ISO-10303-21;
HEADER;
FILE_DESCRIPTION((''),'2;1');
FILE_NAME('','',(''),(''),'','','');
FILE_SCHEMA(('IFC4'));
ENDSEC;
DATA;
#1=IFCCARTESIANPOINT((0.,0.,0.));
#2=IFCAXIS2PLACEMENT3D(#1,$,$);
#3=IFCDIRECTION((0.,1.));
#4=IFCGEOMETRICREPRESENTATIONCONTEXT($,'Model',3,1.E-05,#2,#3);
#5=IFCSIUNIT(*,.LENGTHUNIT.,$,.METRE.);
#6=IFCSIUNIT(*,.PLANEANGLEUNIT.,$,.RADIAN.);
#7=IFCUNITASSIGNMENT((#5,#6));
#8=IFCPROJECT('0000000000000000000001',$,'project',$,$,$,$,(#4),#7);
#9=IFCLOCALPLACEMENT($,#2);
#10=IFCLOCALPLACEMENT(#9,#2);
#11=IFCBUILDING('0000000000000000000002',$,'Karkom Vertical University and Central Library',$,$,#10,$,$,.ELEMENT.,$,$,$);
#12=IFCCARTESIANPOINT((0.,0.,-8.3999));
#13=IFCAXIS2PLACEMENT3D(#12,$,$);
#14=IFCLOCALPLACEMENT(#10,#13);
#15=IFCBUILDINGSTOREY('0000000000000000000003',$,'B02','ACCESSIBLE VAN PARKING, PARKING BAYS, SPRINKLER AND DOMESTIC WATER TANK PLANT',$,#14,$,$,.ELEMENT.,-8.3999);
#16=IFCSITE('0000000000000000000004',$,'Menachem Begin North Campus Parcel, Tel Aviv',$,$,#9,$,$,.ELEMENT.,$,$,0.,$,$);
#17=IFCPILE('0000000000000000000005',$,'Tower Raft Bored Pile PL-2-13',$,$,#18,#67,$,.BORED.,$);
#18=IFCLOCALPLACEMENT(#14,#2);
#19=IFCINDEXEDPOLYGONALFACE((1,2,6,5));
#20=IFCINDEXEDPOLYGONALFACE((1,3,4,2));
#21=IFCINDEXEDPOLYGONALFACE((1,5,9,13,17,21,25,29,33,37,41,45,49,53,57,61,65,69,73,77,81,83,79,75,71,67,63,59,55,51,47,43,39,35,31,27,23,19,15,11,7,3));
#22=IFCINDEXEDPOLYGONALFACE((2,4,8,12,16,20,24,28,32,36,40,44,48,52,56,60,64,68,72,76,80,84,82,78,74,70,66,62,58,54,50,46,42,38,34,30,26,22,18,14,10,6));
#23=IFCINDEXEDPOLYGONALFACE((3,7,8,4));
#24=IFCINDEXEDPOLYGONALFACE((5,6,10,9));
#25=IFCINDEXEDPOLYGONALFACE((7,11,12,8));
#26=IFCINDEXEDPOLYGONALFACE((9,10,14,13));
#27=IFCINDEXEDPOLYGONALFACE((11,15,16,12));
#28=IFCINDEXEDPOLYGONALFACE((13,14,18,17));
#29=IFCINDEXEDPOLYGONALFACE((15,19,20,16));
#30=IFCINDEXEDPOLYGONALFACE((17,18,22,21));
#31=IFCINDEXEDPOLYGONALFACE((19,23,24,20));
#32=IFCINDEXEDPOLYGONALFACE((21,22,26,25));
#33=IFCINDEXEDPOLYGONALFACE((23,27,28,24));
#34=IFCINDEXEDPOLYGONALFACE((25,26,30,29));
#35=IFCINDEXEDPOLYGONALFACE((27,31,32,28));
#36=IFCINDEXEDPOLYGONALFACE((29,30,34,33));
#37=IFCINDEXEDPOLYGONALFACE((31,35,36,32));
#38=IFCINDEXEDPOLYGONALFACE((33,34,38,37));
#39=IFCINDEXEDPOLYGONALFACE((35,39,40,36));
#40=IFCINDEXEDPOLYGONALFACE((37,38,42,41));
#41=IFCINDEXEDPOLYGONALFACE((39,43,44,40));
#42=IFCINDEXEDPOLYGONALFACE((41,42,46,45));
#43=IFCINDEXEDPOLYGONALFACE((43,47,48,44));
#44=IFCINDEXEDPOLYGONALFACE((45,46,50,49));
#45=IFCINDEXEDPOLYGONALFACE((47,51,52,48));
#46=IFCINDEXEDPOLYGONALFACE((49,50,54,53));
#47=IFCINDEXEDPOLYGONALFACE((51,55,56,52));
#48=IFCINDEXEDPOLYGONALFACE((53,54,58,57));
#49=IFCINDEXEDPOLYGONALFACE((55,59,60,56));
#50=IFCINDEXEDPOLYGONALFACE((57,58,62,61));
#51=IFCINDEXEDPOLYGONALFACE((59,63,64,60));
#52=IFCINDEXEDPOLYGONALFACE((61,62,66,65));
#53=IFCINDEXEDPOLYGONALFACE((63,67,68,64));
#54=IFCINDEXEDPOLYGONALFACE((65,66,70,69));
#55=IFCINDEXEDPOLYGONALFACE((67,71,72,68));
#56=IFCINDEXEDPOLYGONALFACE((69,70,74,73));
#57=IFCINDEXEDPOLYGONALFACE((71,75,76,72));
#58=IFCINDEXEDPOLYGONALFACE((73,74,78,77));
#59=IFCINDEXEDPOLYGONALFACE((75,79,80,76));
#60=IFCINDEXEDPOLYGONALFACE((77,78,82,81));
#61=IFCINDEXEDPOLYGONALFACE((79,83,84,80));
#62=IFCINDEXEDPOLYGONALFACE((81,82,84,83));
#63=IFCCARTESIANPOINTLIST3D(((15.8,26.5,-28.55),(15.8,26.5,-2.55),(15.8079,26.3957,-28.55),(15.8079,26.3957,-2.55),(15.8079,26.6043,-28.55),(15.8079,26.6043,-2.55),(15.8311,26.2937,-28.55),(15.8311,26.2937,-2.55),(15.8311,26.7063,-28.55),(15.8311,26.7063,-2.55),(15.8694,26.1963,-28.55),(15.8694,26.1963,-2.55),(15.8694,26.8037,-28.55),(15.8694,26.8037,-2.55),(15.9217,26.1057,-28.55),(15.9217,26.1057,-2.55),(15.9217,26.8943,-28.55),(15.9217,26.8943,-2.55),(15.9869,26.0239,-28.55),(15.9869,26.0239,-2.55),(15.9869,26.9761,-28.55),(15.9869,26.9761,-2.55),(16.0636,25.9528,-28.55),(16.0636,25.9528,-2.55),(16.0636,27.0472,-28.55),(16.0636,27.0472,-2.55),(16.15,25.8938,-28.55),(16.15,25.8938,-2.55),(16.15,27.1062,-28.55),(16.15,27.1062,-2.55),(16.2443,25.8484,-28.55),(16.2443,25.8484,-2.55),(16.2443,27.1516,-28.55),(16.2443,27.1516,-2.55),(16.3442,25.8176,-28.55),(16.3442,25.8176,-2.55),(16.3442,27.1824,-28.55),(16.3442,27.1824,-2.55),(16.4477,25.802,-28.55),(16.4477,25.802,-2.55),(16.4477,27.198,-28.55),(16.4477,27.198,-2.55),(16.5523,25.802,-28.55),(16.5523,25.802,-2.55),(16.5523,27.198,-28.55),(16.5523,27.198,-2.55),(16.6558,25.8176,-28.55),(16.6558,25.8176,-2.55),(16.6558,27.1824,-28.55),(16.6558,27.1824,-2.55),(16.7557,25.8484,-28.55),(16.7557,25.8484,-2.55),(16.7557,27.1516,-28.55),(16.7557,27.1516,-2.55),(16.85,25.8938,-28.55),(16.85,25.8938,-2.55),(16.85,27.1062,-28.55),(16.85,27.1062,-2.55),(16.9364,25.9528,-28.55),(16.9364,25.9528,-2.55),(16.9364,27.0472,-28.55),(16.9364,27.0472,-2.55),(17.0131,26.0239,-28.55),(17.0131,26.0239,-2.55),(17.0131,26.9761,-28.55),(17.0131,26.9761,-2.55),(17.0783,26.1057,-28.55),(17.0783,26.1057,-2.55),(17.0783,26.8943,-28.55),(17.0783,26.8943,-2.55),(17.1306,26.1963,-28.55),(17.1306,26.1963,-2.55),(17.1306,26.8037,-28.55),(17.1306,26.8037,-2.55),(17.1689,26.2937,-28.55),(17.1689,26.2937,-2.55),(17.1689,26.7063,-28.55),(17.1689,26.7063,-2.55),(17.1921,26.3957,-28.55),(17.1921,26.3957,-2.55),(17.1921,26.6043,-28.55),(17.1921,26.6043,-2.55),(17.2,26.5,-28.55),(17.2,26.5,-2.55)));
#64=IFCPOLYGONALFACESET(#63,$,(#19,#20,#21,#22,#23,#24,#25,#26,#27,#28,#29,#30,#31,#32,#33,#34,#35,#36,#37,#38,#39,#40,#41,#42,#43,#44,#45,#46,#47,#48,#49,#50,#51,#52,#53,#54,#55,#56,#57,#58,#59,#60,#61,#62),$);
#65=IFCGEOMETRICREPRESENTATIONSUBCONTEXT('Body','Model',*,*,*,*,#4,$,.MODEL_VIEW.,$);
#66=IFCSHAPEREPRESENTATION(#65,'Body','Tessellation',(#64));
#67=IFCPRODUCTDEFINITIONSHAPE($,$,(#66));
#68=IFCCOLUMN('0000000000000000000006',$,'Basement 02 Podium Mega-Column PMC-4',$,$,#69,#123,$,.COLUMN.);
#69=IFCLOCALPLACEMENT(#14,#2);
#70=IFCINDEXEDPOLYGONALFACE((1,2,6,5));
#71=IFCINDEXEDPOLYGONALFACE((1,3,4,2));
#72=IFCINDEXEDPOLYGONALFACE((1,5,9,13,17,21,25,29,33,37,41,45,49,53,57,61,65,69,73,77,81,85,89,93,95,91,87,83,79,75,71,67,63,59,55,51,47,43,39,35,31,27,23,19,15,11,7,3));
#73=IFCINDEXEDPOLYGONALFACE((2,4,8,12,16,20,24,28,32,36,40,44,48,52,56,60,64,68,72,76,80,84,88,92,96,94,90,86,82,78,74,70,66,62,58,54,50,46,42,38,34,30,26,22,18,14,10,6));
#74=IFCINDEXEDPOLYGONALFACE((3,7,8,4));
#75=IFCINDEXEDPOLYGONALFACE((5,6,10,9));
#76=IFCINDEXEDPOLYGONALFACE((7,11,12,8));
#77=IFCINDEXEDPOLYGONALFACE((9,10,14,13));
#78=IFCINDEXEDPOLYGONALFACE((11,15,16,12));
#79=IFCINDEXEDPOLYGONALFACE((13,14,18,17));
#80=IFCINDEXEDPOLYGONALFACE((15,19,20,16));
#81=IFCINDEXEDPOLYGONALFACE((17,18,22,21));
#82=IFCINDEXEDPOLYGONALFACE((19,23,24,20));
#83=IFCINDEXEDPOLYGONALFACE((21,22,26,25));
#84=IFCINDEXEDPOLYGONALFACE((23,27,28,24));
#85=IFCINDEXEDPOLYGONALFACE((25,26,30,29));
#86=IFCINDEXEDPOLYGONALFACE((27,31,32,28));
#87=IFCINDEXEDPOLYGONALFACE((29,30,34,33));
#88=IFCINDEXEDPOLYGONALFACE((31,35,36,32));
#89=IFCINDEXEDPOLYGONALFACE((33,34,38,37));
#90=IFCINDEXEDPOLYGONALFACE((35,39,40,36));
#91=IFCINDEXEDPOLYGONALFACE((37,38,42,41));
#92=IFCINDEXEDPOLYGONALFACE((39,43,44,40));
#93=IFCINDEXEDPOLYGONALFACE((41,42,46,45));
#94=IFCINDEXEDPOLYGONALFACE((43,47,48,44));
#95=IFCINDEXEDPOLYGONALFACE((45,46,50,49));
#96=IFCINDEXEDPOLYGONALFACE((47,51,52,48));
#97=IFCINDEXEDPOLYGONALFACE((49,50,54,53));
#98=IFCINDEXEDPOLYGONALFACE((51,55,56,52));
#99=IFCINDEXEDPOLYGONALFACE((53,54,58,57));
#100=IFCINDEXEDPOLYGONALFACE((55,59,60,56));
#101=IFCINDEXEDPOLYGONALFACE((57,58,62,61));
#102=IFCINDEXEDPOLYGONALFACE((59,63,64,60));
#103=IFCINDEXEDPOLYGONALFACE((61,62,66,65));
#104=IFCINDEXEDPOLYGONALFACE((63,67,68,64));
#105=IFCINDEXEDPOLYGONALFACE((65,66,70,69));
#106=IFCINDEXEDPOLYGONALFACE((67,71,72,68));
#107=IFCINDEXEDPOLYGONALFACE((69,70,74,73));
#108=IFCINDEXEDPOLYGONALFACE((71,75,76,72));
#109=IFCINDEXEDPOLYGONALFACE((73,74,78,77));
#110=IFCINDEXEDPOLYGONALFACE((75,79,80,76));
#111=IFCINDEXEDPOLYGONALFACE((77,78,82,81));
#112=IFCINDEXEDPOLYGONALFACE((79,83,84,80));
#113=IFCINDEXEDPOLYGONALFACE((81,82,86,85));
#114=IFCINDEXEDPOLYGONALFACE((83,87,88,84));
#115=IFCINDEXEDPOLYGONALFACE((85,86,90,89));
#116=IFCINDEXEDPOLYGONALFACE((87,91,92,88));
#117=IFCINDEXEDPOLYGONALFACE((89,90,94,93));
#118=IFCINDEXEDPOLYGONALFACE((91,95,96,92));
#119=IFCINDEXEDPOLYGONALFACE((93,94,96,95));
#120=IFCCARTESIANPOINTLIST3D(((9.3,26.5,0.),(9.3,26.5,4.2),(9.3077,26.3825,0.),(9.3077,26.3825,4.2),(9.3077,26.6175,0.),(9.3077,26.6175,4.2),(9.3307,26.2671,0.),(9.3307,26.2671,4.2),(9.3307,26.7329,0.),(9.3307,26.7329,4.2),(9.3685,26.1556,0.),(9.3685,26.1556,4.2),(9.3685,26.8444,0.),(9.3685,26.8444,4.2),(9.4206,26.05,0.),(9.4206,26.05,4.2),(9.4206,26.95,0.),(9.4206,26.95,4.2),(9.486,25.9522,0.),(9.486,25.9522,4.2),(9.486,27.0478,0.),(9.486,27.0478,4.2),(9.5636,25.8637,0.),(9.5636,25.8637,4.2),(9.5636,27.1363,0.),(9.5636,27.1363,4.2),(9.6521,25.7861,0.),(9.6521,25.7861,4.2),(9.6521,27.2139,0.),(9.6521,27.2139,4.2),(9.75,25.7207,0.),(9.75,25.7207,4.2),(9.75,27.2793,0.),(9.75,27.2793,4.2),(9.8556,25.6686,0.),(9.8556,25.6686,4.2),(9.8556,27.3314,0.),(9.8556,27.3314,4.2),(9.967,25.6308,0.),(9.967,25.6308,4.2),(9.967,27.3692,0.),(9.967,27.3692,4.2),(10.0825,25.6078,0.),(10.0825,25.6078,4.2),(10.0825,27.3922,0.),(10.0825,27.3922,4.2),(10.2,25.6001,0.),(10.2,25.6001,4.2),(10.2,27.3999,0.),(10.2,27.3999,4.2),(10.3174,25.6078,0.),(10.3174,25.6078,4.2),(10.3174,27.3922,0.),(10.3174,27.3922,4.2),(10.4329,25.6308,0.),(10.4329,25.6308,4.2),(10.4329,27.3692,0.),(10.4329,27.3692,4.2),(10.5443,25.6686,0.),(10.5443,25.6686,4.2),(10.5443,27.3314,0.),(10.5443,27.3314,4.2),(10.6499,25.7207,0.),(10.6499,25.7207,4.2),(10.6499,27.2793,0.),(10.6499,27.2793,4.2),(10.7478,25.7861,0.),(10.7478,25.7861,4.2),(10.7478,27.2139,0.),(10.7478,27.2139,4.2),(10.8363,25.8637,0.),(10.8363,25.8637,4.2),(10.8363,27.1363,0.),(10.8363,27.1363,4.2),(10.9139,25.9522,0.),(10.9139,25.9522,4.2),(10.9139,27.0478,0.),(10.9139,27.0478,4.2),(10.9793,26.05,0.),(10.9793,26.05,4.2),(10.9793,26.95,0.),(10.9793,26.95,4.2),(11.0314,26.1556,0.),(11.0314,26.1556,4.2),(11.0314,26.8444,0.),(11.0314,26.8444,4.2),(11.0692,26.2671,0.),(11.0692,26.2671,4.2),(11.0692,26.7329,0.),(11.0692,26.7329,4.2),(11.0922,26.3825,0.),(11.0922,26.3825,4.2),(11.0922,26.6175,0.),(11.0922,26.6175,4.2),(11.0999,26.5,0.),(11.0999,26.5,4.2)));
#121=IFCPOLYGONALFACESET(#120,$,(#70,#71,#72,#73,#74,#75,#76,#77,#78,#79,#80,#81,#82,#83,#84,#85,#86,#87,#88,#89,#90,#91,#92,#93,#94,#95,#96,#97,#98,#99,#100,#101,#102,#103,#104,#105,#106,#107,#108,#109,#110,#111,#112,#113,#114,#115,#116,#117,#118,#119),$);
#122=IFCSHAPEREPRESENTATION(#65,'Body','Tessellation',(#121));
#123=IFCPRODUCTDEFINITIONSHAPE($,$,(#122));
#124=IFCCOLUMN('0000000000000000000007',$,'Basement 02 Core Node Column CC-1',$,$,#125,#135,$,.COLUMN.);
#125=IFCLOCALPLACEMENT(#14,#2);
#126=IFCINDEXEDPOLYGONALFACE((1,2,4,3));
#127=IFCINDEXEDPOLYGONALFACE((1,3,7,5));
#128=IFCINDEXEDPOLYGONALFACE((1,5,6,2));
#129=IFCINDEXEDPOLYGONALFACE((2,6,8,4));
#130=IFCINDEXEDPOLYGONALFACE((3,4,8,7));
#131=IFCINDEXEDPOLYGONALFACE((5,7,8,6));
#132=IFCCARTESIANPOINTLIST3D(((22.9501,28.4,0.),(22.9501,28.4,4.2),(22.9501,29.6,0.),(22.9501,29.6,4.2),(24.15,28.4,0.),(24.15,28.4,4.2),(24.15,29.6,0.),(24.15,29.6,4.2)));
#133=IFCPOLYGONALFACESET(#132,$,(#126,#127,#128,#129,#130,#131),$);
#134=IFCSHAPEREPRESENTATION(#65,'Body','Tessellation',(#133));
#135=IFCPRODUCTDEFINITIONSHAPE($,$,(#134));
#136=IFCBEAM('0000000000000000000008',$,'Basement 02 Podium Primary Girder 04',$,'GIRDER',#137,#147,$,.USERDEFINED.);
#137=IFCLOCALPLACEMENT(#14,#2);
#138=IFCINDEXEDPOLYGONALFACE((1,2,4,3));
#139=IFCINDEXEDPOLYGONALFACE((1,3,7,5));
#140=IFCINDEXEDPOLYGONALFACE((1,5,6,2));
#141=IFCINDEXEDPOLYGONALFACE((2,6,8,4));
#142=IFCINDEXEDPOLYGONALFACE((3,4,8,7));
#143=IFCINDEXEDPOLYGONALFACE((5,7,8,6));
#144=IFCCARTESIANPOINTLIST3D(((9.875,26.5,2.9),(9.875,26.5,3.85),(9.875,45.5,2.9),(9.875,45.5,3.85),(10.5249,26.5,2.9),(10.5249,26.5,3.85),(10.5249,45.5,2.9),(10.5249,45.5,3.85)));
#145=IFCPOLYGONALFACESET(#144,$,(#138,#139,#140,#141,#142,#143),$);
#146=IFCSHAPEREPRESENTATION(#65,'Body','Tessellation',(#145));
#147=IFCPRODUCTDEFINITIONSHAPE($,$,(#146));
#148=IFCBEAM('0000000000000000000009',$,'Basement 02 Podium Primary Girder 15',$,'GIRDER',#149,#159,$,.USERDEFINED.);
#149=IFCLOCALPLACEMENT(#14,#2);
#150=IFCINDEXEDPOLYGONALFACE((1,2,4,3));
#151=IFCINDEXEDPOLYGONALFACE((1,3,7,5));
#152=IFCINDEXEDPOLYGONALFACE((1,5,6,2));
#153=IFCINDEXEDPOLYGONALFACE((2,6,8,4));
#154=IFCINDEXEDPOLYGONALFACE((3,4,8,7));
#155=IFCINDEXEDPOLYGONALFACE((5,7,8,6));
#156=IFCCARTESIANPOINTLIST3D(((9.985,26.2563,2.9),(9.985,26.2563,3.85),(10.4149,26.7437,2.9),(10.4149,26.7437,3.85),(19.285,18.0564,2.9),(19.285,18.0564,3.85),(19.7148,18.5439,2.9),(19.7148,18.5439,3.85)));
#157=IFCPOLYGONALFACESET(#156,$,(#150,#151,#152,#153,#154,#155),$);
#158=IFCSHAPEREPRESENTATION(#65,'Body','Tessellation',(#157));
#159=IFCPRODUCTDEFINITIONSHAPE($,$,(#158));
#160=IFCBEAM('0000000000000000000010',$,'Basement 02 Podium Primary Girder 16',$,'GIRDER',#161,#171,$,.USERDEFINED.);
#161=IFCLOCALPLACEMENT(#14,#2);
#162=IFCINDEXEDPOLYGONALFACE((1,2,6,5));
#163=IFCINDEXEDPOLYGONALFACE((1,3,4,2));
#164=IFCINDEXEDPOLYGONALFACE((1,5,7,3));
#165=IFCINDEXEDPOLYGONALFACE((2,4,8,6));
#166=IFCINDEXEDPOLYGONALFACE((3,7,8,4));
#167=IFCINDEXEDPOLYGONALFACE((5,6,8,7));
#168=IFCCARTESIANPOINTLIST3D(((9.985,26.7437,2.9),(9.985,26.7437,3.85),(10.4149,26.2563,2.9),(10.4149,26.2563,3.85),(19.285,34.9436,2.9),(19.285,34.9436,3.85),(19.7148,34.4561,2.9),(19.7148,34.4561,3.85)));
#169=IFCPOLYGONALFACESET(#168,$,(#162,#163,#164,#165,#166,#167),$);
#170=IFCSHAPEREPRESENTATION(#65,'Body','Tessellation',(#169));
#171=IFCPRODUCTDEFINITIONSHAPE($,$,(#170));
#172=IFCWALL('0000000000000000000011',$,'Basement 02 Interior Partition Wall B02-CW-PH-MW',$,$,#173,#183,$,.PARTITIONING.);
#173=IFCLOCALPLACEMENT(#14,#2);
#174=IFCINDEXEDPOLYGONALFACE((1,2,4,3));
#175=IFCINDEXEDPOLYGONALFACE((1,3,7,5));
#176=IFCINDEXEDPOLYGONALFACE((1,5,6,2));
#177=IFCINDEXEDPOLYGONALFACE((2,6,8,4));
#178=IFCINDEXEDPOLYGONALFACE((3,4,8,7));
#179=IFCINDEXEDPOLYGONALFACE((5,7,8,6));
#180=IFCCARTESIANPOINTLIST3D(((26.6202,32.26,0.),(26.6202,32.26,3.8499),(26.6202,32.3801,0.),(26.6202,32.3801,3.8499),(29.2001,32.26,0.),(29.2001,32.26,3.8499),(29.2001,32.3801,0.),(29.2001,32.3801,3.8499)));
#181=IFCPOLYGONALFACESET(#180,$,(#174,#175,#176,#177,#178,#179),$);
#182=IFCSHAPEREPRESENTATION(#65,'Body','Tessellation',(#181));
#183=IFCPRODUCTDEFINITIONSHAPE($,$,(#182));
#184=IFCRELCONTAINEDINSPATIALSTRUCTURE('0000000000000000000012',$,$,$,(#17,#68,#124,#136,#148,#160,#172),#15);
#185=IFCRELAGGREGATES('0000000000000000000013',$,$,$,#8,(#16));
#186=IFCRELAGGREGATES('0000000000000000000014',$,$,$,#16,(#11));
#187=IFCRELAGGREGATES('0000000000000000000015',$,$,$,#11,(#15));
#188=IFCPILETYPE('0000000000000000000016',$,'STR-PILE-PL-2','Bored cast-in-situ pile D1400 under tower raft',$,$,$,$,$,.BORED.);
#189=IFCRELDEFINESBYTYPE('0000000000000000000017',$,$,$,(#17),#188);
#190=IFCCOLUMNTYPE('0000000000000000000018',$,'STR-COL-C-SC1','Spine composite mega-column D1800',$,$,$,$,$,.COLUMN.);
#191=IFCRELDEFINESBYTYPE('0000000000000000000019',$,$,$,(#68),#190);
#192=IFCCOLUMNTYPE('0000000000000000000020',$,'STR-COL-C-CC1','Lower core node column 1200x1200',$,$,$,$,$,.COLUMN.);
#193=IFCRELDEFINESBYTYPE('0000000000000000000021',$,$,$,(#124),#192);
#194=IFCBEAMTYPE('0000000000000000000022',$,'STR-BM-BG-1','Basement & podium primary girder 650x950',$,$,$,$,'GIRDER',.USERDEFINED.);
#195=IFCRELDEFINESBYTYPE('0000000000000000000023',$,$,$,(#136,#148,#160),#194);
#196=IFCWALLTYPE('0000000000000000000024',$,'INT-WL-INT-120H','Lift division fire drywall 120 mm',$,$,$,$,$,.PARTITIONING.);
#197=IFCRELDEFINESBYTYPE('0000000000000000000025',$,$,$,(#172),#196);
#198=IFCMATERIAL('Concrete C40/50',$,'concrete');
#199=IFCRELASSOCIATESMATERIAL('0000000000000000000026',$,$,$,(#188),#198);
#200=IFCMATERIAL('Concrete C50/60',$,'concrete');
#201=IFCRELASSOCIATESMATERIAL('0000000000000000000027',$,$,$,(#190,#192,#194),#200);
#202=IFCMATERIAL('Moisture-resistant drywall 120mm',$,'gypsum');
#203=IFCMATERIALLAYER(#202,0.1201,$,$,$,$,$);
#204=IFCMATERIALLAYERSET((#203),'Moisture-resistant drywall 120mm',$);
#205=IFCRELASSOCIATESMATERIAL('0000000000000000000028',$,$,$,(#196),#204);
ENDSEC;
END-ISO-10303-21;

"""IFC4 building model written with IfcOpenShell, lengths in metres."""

from ifc_helpers import new_model, si_unit, direction, frame, frame_2d, origin, origin_with_axes, origin_2d, place, context, subcontext, project, spatial, rectangle, circle, extrude, source, transform, mapped, material, layer, layer_set, material_profile, profile_set, type_object, element, save


model = new_model("IFC4")

# Units and contexts
model_context = context("Model", 3, precision=1e-05, world=origin(), true_north=direction((0.0, 1.0)))
body_context = subcontext(model_context, "Body", "Model", "MODEL_VIEW")
ifc_project = project(units=[si_unit("LENGTHUNIT", "METRE"), si_unit("PLANEANGLEUNIT", "RADIAN")], contexts=[model_context])

# Site, building, storey
site_placement = place(None, origin())
site = spatial("IfcSite", under=ifc_project, at=site_placement, Name="Menachem Begin North Campus Parcel, Tel Aviv", CompositionType="ELEMENT", RefElevation=0.0)
building_placement = place(site_placement, origin())
building = spatial("IfcBuilding", under=site, at=building_placement, Name="Karkom Vertical University and Central Library", CompositionType="ELEMENT")
storey_placement = place(building_placement, frame((0.0, 0.0, -8.3999)))
storey = spatial("IfcBuildingStorey", under=building, at=storey_placement, Name="B02", Description="ACCESSIBLE VAN PARKING, PARKING BAYS, SPRINKLER AND DOMESTIC WATER TANK PLANT", CompositionType="ELEMENT", Elevation=-8.3999)

# Pile
ifc_material_1 = material(Name="Concrete C40/50", Category="concrete")
ifc_material_profile_1 = material_profile(ifc_material_1, circle(Radius=0.7, at=origin_2d()), Name="PILE-D1400")
ifc_profile_set_1 = profile_set([ifc_material_profile_1], Name="Concrete C40/50")
pile_type_1 = type_object("IfcPileType", Name="STR-PILE-PL-2", Description="Bored cast-in-situ pile D1400 under tower raft", PredefinedType="BORED", material=ifc_profile_set_1)
shared_shape_1 = source(origin_with_axes(), body_context, "Body", "SweptSolid", [
    extrude(circle(Radius=0.7, at=origin_2d()), origin(), (0.0, 0.0, 1.0), 26.0),
])
for number, where, z_axis, x_axis, name in (
    (1, (16.5, 26.5, -2.55), (0.0, 0.0, -1.0), (1.0, 0.0, 0.0), "Tower Raft Bored Pile PL-2-13"),
):
    element("IfcPile", number, at=place(storey_placement, frame(where, z_axis=z_axis, x_axis=x_axis)), inside=storey, type_object=pile_type_1, Name=name, PredefinedType="BORED", context=body_context, shape_type="MappedRepresentation", body=[
        mapped(shared_shape_1, transform((0.0, 0.0, 0.0), scale=1.0)),
    ])

# Columns
ifc_material_2 = material(Name="Concrete C50/60", Category="concrete")
ifc_material_profile_2 = material_profile(ifc_material_2, circle(Radius=0.8999, at=origin_2d()), Name="CFT-D1800")
ifc_profile_set_2 = profile_set([ifc_material_profile_2], Name="Concrete C50/60")
column_type_1 = type_object("IfcColumnType", Name="STR-COL-C-SC1", Description="Spine composite mega-column D1800", PredefinedType="COLUMN", material=ifc_profile_set_2)
shared_shape_2 = source(origin_with_axes(), body_context, "Body", "SweptSolid", [
    extrude(circle(Radius=0.8999, at=origin_2d()), origin(), (0.0, 0.0, 1.0), 4.2),
])
column_1_placement = place(storey_placement, frame((10.2, 26.5, 0.0), z_axis=(0.0, 0.0, 1.0), x_axis=(1.0, 0.0, 0.0)))
element("IfcColumn", 2, at=column_1_placement, inside=storey, type_object=column_type_1, Name="Basement 02 Podium Mega-Column PMC-4", PredefinedType="COLUMN", context=body_context, shape_type="MappedRepresentation", body=[
    mapped(shared_shape_2, transform((0.0, 0.0, 0.0), scale=1.0)),
])
ifc_material_profile_3 = material_profile(ifc_material_2, rectangle(XDim=1.2, YDim=1.2, at=origin_2d()), Name="RC-1200x1200")
ifc_profile_set_3 = profile_set([ifc_material_profile_3], Name="Concrete C50/60")
column_type_2 = type_object("IfcColumnType", Name="STR-COL-C-CC1", Description="Lower core node column 1200x1200", PredefinedType="COLUMN", material=ifc_profile_set_3)
shared_shape_3 = source(origin_with_axes(), body_context, "Body", "SweptSolid", [
    extrude(rectangle(XDim=1.2, YDim=1.2, at=origin_2d()), origin(), (0.0, 0.0, 1.0), 4.2),
])
column_2_placement = place(storey_placement, frame((23.55, 29.0, 0.0), z_axis=(0.0, 0.0, 1.0), x_axis=(1.0, 0.0, 0.0)))
element("IfcColumn", 3, at=column_2_placement, inside=storey, type_object=column_type_2, Name="Basement 02 Core Node Column CC-1", PredefinedType="COLUMN", context=body_context, shape_type="MappedRepresentation", body=[
    mapped(shared_shape_3, transform((0.0, 0.0, 0.0), scale=1.0)),
])

# Beams
ifc_material_profile_4 = material_profile(ifc_material_2, rectangle(XDim=0.6499, YDim=0.95, at=origin_2d()), Name="RCG-650x950")
ifc_profile_set_4 = profile_set([ifc_material_profile_4], Name="Concrete C50/60")
beam_type = type_object("IfcBeamType", Name="STR-BM-BG-1", Description="Basement & podium primary girder 650x950", ElementType="GIRDER", PredefinedType="USERDEFINED", material=ifc_profile_set_4)
shared_shape_4 = source(origin_with_axes(), body_context, "Body", "SweptSolid", [
    extrude(rectangle(XDim=0.6499, YDim=0.95, at=origin_2d()), origin(), (0.0, 0.0, 1.0), 19.0),
])
beam_placement = place(storey_placement, frame((10.2, 26.5, 3.375), z_axis=(0.0, 1.0, 0.0), x_axis=(-1.0, 0.0, 0.0)))
element("IfcBeam", 4, at=beam_placement, inside=storey, type_object=beam_type, Name="Basement 02 Podium Primary Girder 04", ObjectType="GIRDER", PredefinedType="USERDEFINED", context=body_context, shape_type="MappedRepresentation", body=[
    mapped(shared_shape_4, transform((0.0, 0.0, 0.0), scale=1.0)),
])
shared_shape_5 = source(origin_with_axes(), body_context, "Body", "SweptSolid", [
    extrude(rectangle(XDim=0.6499, YDim=0.95, at=origin_2d()), origin(), (0.0, 0.0, 1.0), 12.3987),
])
for number, where, z_axis, x_axis, name in (
    (5, (10.2, 26.5, 3.375), (0.750077, -0.661351, 0.0), (0.661351, 0.750077, 0.0), "Basement 02 Podium Primary Girder 15"),
    (6, (10.2, 26.5, 3.375), (0.750077, 0.661351, 0.0), (-0.661351, 0.750077, 0.0), "Basement 02 Podium Primary Girder 16"),
):
    element("IfcBeam", number, at=place(storey_placement, frame(where, z_axis=z_axis, x_axis=x_axis)), inside=storey, type_object=beam_type, Name=name, ObjectType="GIRDER", PredefinedType="USERDEFINED", context=body_context, shape_type="MappedRepresentation", body=[
        mapped(shared_shape_5, transform((0.0, 0.0, 0.0), scale=1.0)),
    ])

# Wall
ifc_material_3 = material(Name="Moisture-resistant drywall 120mm", Category="gypsum")
ifc_layer_1 = layer(ifc_material_3, 0.1201)
ifc_layer_set_1 = layer_set([ifc_layer_1], Name="Moisture-resistant drywall 120mm")
wall_type_1 = type_object("IfcWallType", Name="INT-WL-INT-120H", Description="Lift division fire drywall 120 mm", PredefinedType="PARTITIONING", material=ifc_layer_set_1)
wall_1_placement = place(storey_placement, frame((26.6201, 32.3201, 0.0), z_axis=(0.0, 0.0, 1.0), x_axis=(1.0, 0.0, 0.0)))
element("IfcWall", 7, at=wall_1_placement, inside=storey, type_object=wall_type_1, Name="Basement 02 Interior Partition Wall B02-CW-PH-MW", PredefinedType="PARTITIONING", context=body_context, shape_type="SweptSolid", body=[
    extrude(rectangle(XDim=2.5798, YDim=0.1201, at=frame_2d((1.29, 0.0))), origin(), (0.0, 0.0, 1.0), 3.8499),
])

save(model, "model.ifc")
